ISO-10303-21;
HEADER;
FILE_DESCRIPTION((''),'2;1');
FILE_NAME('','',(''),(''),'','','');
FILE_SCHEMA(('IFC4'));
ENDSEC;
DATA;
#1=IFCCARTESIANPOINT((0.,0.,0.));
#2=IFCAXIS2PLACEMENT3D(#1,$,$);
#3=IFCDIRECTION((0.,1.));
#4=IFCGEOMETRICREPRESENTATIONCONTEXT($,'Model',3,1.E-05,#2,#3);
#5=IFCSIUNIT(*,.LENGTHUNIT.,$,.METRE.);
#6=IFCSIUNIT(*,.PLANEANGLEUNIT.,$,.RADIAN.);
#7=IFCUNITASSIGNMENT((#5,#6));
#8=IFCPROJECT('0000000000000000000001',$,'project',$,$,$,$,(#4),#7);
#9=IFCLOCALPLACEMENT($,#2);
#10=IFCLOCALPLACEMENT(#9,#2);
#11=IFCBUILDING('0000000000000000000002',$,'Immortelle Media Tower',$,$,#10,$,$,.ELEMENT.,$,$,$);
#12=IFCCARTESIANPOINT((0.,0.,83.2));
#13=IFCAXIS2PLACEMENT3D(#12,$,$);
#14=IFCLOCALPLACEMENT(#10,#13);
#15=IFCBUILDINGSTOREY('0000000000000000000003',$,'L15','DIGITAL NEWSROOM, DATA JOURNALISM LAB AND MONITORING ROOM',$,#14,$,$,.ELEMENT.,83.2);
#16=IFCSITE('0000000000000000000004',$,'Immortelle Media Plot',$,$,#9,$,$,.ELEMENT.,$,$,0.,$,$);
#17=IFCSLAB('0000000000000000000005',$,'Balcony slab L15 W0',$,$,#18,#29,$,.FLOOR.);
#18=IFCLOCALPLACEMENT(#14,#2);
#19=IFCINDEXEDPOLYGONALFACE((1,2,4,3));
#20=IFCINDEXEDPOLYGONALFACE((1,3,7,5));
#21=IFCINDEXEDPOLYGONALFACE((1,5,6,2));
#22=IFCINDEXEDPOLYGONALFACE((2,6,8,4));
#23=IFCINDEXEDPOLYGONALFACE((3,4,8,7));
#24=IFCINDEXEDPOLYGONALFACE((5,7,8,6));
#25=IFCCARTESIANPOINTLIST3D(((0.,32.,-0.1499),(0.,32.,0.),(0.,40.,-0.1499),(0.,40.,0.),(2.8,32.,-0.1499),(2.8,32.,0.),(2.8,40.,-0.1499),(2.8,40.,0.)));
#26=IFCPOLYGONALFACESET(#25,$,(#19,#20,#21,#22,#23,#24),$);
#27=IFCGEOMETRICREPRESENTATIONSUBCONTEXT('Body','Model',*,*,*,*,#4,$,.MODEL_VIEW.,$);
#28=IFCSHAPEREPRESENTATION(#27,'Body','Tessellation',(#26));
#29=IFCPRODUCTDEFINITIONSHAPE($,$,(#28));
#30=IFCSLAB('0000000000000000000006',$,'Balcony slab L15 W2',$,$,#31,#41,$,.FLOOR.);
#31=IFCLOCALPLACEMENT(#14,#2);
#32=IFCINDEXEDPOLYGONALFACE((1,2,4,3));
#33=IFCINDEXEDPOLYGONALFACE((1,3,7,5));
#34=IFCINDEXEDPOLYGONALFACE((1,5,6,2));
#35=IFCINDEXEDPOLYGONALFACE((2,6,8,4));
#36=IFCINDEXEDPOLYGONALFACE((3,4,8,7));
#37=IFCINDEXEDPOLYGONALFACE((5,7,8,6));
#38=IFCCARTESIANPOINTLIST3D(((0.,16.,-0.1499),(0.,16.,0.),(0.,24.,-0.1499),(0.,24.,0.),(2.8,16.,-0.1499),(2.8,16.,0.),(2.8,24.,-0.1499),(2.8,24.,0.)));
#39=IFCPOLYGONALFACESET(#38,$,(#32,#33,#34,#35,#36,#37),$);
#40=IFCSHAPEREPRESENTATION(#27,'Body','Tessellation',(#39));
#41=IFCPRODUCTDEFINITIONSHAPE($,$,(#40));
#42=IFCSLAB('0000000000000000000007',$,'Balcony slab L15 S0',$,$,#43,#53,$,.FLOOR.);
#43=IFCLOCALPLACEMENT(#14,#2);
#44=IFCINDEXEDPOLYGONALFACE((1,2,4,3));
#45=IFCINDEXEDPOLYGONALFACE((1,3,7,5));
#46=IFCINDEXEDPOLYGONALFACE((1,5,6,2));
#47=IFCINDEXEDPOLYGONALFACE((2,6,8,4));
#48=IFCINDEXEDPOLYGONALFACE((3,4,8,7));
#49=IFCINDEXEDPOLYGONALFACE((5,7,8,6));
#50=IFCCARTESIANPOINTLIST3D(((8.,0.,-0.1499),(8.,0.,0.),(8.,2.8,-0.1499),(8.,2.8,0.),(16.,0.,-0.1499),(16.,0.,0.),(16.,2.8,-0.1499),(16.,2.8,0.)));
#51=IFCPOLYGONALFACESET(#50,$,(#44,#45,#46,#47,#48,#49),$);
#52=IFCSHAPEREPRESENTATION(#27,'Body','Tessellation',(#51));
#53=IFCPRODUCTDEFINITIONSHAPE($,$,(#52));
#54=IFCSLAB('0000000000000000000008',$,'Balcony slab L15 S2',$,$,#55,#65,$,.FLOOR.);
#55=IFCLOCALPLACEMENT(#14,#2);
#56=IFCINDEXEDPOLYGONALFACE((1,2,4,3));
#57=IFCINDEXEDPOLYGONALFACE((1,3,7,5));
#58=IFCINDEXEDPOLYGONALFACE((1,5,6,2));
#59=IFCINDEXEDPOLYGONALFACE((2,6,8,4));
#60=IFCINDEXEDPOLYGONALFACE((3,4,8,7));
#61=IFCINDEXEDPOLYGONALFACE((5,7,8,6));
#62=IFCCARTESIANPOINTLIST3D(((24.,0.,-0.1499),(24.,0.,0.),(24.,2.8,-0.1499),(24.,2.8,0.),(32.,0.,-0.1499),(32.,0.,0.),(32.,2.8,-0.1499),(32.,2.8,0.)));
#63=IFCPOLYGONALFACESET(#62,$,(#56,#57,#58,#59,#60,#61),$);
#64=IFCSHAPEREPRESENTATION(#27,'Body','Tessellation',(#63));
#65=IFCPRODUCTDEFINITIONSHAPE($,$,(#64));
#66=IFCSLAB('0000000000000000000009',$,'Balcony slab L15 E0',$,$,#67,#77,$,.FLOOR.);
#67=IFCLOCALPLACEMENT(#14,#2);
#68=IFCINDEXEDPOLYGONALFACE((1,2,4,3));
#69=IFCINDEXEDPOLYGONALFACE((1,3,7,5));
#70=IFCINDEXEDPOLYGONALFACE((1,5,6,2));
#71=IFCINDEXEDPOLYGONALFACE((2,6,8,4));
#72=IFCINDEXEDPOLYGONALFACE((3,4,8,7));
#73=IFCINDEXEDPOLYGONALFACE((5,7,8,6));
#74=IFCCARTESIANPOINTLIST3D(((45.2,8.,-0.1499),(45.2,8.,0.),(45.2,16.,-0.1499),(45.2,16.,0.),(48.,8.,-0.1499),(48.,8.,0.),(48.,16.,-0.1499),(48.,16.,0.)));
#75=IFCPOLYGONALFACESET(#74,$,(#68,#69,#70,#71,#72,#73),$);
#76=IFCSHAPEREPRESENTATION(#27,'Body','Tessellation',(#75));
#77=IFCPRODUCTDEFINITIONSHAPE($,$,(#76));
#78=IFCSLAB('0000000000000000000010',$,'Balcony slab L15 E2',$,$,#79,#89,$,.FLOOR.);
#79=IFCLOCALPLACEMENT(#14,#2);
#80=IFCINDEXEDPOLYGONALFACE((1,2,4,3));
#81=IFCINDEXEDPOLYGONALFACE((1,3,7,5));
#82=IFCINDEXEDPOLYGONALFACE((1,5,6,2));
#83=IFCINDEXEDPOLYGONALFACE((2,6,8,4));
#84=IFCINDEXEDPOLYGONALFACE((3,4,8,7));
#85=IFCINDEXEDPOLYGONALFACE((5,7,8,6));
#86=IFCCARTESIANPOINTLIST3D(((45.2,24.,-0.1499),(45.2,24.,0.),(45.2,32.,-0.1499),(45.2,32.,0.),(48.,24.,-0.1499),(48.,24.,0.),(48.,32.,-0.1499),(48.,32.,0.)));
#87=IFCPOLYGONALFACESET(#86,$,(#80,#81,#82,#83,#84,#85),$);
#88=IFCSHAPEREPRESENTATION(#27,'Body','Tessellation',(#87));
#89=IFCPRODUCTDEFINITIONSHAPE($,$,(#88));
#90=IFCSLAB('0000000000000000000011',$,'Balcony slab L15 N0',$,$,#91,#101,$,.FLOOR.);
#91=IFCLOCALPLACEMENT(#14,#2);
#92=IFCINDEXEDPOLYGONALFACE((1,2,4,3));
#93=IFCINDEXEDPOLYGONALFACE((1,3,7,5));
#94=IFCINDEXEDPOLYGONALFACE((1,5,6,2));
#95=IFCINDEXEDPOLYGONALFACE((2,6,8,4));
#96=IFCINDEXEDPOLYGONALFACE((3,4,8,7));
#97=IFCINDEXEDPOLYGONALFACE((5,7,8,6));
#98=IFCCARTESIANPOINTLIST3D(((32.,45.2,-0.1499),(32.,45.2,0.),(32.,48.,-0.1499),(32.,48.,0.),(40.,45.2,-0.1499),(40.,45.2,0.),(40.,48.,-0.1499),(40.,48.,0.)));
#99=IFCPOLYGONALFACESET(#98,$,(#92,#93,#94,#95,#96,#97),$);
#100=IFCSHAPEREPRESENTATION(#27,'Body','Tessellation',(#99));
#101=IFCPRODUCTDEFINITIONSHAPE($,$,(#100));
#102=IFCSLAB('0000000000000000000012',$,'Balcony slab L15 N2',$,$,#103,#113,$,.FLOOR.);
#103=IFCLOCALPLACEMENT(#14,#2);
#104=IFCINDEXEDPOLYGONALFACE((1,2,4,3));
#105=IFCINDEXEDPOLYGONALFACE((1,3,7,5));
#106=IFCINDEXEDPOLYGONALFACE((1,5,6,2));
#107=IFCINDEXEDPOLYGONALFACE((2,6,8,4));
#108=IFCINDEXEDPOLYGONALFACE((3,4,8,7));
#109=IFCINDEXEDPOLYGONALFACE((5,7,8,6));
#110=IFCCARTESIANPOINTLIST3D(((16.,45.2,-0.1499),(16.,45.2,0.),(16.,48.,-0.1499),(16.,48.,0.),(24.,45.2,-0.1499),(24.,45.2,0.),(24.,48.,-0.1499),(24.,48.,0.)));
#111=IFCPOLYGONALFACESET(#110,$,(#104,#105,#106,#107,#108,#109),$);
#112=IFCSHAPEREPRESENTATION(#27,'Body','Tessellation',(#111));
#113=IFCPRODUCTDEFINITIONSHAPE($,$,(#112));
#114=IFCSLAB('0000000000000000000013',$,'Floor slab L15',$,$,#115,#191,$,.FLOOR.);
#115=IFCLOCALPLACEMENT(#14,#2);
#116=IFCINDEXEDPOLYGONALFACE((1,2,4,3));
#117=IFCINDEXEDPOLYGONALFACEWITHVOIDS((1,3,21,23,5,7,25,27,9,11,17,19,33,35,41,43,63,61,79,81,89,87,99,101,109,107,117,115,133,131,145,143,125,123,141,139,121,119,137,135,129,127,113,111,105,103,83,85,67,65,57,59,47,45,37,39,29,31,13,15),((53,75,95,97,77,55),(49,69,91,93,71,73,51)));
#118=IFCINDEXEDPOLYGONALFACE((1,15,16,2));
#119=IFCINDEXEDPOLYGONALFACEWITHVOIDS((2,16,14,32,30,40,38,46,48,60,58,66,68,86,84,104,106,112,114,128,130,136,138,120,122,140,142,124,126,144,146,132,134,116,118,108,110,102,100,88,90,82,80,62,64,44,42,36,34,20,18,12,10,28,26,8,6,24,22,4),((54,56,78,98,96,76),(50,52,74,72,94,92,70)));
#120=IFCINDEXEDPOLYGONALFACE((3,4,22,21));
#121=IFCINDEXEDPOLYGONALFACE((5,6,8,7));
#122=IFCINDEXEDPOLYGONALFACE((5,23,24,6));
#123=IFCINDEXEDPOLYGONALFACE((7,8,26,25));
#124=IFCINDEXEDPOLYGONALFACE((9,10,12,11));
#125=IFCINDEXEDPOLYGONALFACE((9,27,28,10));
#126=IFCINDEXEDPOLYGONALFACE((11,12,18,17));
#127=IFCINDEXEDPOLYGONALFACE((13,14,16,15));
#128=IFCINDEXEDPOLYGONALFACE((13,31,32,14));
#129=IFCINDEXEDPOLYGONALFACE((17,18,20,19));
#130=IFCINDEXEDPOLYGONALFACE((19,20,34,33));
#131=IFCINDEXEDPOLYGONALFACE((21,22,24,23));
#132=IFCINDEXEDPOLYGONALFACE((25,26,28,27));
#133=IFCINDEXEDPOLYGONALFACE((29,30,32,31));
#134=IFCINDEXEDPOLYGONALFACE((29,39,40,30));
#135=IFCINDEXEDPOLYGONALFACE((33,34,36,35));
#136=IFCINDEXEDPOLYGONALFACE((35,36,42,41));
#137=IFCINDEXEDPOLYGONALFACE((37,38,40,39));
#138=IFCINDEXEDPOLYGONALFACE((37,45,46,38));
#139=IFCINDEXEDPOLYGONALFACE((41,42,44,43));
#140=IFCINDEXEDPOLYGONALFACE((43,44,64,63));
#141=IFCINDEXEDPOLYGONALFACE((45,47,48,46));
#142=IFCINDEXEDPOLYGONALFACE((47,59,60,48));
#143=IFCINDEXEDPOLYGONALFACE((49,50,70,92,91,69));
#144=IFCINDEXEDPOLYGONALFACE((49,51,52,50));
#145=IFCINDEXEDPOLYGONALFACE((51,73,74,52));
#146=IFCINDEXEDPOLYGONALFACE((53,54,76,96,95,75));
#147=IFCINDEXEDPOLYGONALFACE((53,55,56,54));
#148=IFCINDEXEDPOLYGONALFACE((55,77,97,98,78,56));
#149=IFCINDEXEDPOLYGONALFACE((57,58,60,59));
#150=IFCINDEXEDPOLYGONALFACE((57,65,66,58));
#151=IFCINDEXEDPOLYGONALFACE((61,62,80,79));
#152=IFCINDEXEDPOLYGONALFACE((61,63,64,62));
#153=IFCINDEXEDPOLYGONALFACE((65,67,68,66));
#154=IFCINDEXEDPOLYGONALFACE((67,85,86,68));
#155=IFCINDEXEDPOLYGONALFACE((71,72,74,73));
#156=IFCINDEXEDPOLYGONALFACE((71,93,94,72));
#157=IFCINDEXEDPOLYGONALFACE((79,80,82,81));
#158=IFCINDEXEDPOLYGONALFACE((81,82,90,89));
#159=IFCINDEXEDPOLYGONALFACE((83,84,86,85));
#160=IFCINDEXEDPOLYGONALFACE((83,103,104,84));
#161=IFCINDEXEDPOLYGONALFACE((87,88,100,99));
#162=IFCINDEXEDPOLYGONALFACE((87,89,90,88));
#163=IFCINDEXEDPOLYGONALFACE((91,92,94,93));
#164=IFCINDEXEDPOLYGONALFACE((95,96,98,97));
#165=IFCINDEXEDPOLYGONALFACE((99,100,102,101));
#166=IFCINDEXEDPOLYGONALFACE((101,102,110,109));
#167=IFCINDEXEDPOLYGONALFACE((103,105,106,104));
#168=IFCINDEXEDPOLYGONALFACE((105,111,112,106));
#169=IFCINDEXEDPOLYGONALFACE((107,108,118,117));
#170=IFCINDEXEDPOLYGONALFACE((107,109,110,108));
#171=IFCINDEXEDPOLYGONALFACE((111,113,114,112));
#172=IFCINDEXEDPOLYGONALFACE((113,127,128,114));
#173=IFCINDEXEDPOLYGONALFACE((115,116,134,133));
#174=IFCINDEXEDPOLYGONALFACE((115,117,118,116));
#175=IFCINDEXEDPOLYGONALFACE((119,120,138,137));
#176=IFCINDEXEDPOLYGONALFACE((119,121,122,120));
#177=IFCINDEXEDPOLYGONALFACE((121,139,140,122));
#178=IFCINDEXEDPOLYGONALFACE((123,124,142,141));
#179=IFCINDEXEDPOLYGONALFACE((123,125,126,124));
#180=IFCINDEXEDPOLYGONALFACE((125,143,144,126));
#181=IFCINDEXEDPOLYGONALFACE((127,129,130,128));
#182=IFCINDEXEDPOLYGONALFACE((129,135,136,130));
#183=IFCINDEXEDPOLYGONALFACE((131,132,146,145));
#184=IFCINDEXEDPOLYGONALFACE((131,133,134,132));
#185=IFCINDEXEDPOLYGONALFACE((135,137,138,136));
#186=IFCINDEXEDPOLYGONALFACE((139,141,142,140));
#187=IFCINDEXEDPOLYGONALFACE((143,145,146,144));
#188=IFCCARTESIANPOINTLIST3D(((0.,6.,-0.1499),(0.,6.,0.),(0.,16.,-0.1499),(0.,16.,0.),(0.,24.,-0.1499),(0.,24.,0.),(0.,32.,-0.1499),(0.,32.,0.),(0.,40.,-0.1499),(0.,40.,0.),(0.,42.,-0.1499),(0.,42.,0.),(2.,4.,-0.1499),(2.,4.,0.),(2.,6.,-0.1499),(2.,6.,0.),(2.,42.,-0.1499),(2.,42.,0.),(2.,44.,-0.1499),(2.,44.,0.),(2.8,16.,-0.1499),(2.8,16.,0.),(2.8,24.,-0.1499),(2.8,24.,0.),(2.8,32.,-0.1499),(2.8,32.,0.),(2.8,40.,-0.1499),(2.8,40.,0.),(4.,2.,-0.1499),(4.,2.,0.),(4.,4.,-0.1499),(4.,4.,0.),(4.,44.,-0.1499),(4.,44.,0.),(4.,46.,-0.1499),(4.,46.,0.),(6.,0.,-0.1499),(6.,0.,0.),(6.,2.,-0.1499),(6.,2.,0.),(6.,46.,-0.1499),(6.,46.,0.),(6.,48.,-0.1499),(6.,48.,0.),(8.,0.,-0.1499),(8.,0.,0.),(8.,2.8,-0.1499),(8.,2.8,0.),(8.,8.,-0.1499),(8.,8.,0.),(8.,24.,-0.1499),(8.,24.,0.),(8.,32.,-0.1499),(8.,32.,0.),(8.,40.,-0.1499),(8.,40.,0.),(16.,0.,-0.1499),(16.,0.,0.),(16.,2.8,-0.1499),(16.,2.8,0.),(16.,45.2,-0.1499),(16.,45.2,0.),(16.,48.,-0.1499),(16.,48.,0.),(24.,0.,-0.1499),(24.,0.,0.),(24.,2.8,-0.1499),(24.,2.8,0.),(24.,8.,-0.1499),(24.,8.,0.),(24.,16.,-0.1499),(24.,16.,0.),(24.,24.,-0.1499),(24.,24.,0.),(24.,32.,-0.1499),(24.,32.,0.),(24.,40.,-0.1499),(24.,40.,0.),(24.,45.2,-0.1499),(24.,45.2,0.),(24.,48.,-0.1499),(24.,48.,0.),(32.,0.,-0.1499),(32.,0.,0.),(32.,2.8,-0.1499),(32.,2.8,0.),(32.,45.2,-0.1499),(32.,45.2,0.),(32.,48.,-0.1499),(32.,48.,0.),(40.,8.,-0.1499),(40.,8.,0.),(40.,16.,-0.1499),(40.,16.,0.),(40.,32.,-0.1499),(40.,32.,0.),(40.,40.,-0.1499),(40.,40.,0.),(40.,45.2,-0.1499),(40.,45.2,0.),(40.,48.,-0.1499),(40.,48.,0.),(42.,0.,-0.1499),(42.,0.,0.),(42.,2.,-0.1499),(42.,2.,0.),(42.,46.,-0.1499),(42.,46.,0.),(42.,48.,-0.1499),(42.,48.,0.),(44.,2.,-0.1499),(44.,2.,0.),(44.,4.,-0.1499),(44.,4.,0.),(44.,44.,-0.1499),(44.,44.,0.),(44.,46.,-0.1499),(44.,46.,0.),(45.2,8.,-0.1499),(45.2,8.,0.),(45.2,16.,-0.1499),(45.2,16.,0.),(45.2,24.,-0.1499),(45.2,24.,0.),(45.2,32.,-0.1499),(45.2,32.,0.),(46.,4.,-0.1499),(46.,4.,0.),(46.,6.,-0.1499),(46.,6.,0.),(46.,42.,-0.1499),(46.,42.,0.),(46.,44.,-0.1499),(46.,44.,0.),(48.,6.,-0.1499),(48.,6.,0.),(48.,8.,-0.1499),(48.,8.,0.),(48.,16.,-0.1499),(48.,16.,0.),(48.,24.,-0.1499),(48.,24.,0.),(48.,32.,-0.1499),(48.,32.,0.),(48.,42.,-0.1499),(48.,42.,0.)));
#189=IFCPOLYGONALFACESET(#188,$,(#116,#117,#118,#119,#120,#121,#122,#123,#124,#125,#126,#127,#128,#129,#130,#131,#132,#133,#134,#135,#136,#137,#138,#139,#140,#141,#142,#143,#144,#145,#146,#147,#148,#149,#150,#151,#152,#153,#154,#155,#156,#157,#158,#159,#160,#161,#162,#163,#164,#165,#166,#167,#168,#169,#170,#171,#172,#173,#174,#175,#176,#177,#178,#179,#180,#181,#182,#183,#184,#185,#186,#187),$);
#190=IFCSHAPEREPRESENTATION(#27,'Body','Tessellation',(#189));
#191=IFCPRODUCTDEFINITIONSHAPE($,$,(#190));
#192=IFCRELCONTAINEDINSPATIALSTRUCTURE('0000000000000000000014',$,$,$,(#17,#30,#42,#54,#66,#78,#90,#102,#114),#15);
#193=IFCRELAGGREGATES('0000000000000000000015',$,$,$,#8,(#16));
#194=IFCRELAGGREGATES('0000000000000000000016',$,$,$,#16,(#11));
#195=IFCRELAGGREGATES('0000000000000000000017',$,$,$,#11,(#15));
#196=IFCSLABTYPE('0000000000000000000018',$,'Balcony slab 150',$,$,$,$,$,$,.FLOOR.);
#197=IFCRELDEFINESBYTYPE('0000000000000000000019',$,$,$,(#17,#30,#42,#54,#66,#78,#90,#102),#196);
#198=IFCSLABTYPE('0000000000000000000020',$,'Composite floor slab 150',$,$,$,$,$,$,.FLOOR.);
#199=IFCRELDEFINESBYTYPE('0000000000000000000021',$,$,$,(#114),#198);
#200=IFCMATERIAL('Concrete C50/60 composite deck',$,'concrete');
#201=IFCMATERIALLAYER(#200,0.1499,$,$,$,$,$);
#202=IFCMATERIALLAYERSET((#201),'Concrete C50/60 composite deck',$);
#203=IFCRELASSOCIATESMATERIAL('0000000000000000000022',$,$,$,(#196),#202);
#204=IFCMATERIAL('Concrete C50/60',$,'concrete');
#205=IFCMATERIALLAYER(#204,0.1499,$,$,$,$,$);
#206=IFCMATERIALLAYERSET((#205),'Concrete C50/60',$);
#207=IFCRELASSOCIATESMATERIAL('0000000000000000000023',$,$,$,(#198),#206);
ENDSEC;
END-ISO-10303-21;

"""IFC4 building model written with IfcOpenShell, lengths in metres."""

from ifc_helpers import new_model, si_unit, direction, frame, origin, place, context, subcontext, project, spatial, polyline, outline, extrude, material, layer, layer_set, type_object, element, save


model = new_model("IFC4")

# Units and contexts
model_context = context("Model", 3, precision=1e-05, world=origin(), true_north=direction((0.0, 1.0)))
body_context = subcontext(model_context, "Body", "Model", "MODEL_VIEW")
ifc_project = project(units=[si_unit("LENGTHUNIT", "METRE"), si_unit("PLANEANGLEUNIT", "RADIAN")], contexts=[model_context])

# Site, building, storey
site_placement = place(None, origin())
site = spatial("IfcSite", under=ifc_project, at=site_placement, Name="Immortelle Media Plot", CompositionType="ELEMENT", RefElevation=0.0)
building_placement = place(site_placement, origin())
building = spatial("IfcBuilding", under=site, at=building_placement, Name="Immortelle Media Tower", CompositionType="ELEMENT")
storey_placement = place(building_placement, frame((0.0, 0.0, 83.2)))
storey = spatial("IfcBuildingStorey", under=building, at=storey_placement, Name="L15", Description="DIGITAL NEWSROOM, DATA JOURNALISM LAB AND MONITORING ROOM", CompositionType="ELEMENT", Elevation=83.2)

# Slabs
ifc_material_1 = material(Name="Concrete C50/60 composite deck", Category="concrete")
ifc_layer_1 = layer(ifc_material_1, 0.1499)
ifc_layer_set_1 = layer_set([ifc_layer_1], Name="Concrete C50/60 composite deck")
slab_type_1 = type_object("IfcSlabType", Name="Balcony slab 150", PredefinedType="FLOOR", material=ifc_layer_set_1)
slab_1_placement = place(storey_placement, frame((0.0, 0.0, -0.1499)))
element("IfcSlab", 1, at=slab_1_placement, inside=storey, type_object=slab_type_1, Name="Balcony slab L15 W0", PredefinedType="FLOOR", context=body_context, shape_type="SweptSolid", body=[
    extrude(outline(polyline([(2.8, 32.0), (2.8, 40.0), (0.0, 40.0), (0.0, 32.0), (2.8, 32.0)])), origin(), (0.0, 0.0, 1.0), 0.1499),
])
slab_2_placement = place(storey_placement, frame((0.0, 0.0, -0.1499)))
element("IfcSlab", 2, at=slab_2_placement, inside=storey, type_object=slab_type_1, Name="Balcony slab L15 W2", PredefinedType="FLOOR", context=body_context, shape_type="SweptSolid", body=[
    extrude(outline(polyline([(2.8, 16.0), (2.8, 24.0), (0.0, 24.0), (0.0, 16.0), (2.8, 16.0)])), origin(), (0.0, 0.0, 1.0), 0.1499),
])
slab_3_placement = place(storey_placement, frame((0.0, 0.0, -0.1499)))
element("IfcSlab", 3, at=slab_3_placement, inside=storey, type_object=slab_type_1, Name="Balcony slab L15 S0", PredefinedType="FLOOR", context=body_context, shape_type="SweptSolid", body=[
    extrude(outline(polyline([(16.0, 0.0), (16.0, 2.8), (8.0, 2.8), (8.0, 0.0), (16.0, 0.0)])), origin(), (0.0, 0.0, 1.0), 0.1499),
])
slab_4_placement = place(storey_placement, frame((0.0, 0.0, -0.1499)))
element("IfcSlab", 4, at=slab_4_placement, inside=storey, type_object=slab_type_1, Name="Balcony slab L15 S2", PredefinedType="FLOOR", context=body_context, shape_type="SweptSolid", body=[
    extrude(outline(polyline([(32.0, 0.0), (32.0, 2.8), (24.0, 2.8), (24.0, 0.0), (32.0, 0.0)])), origin(), (0.0, 0.0, 1.0), 0.1499),
])
slab_5_placement = place(storey_placement, frame((0.0, 0.0, -0.1499)))
element("IfcSlab", 5, at=slab_5_placement, inside=storey, type_object=slab_type_1, Name="Balcony slab L15 E0", PredefinedType="FLOOR", context=body_context, shape_type="SweptSolid", body=[
    extrude(outline(polyline([(48.0, 8.0), (48.0, 16.0), (45.2, 16.0), (45.2, 8.0), (48.0, 8.0)])), origin(), (0.0, 0.0, 1.0), 0.1499),
])
slab_6_placement = place(storey_placement, frame((0.0, 0.0, -0.1499)))
element("IfcSlab", 6, at=slab_6_placement, inside=storey, type_object=slab_type_1, Name="Balcony slab L15 E2", PredefinedType="FLOOR", context=body_context, shape_type="SweptSolid", body=[
    extrude(outline(polyline([(48.0, 24.0), (48.0, 32.0), (45.2, 32.0), (45.2, 24.0), (48.0, 24.0)])), origin(), (0.0, 0.0, 1.0), 0.1499),
])
slab_7_placement = place(storey_placement, frame((0.0, 0.0, -0.1499)))
element("IfcSlab", 7, at=slab_7_placement, inside=storey, type_object=slab_type_1, Name="Balcony slab L15 N0", PredefinedType="FLOOR", context=body_context, shape_type="SweptSolid", body=[
    extrude(outline(polyline([(40.0, 45.2), (40.0, 48.0), (32.0, 48.0), (32.0, 45.2), (40.0, 45.2)])), origin(), (0.0, 0.0, 1.0), 0.1499),
])
slab_8_placement = place(storey_placement, frame((0.0, 0.0, -0.1499)))
element("IfcSlab", 8, at=slab_8_placement, inside=storey, type_object=slab_type_1, Name="Balcony slab L15 N2", PredefinedType="FLOOR", context=body_context, shape_type="SweptSolid", body=[
    extrude(outline(polyline([(24.0, 45.2), (24.0, 48.0), (16.0, 48.0), (16.0, 45.2), (24.0, 45.2)])), origin(), (0.0, 0.0, 1.0), 0.1499),
])
ifc_material_2 = material(Name="Concrete C50/60", Category="concrete")
ifc_layer_2 = layer(ifc_material_2, 0.1499)
ifc_layer_set_2 = layer_set([ifc_layer_2], Name="Concrete C50/60")
slab_type_2 = type_object("IfcSlabType", Name="Composite floor slab 150", PredefinedType="FLOOR", material=ifc_layer_set_2)
slab_9_placement = place(storey_placement, frame((0.0, 0.0, -0.1499)))
element("IfcSlab", 9, at=slab_9_placement, inside=storey, type_object=slab_type_2, Name="Floor slab L15", PredefinedType="FLOOR", context=body_context, shape_type="SweptSolid", body=[
    extrude(outline(polyline([(6.0, 0.0), (6.0, 2.0), (4.0, 2.0), (4.0, 4.0), (2.0, 4.0), (2.0, 6.0), (0.0, 6.0), (0.0, 16.0), (2.8, 16.0), (2.8, 24.0), (0.0, 24.0), (0.0, 32.0), (2.8, 32.0), (2.8, 40.0), (0.0, 40.0), (0.0, 42.0), (2.0, 42.0), (2.0, 44.0), (4.0, 44.0), (4.0, 46.0), (6.0, 46.0), (6.0, 48.0), (16.0, 48.0), (16.0, 45.2), (24.0, 45.2), (24.0, 48.0), (32.0, 48.0), (32.0, 45.2), (40.0, 45.2), (40.0, 48.0), (42.0, 48.0), (42.0, 46.0), (44.0, 46.0), (44.0, 44.0), (46.0, 44.0), (46.0, 42.0), (48.0, 42.0), (48.0, 32.0), (45.2, 32.0), (45.2, 24.0), (48.0, 24.0), (48.0, 16.0), (45.2, 16.0), (45.2, 8.0), (48.0, 8.0), (48.0, 6.0), (46.0, 6.0), (46.0, 4.0), (44.0, 4.0), (44.0, 2.0), (42.0, 2.0), (42.0, 0.0), (32.0, 0.0), (32.0, 2.8), (24.0, 2.8), (24.0, 0.0), (16.0, 0.0), (16.0, 2.8), (8.0, 2.8), (8.0, 0.0), (6.0, 0.0)]), holes=[polyline([(24.0, 24.0), (8.0, 24.0), (8.0, 8.0), (24.0, 8.0), (40.0, 8.0), (40.0, 16.0), (24.0, 16.0), (24.0, 24.0)]), polyline([(24.0, 32.0), (40.0, 32.0), (40.0, 40.0), (24.0, 40.0), (8.0, 40.0), (8.0, 32.0), (24.0, 32.0)])]), origin(), (0.0, 0.0, 1.0), 0.1499),
])

save(model, "model.ifc")
